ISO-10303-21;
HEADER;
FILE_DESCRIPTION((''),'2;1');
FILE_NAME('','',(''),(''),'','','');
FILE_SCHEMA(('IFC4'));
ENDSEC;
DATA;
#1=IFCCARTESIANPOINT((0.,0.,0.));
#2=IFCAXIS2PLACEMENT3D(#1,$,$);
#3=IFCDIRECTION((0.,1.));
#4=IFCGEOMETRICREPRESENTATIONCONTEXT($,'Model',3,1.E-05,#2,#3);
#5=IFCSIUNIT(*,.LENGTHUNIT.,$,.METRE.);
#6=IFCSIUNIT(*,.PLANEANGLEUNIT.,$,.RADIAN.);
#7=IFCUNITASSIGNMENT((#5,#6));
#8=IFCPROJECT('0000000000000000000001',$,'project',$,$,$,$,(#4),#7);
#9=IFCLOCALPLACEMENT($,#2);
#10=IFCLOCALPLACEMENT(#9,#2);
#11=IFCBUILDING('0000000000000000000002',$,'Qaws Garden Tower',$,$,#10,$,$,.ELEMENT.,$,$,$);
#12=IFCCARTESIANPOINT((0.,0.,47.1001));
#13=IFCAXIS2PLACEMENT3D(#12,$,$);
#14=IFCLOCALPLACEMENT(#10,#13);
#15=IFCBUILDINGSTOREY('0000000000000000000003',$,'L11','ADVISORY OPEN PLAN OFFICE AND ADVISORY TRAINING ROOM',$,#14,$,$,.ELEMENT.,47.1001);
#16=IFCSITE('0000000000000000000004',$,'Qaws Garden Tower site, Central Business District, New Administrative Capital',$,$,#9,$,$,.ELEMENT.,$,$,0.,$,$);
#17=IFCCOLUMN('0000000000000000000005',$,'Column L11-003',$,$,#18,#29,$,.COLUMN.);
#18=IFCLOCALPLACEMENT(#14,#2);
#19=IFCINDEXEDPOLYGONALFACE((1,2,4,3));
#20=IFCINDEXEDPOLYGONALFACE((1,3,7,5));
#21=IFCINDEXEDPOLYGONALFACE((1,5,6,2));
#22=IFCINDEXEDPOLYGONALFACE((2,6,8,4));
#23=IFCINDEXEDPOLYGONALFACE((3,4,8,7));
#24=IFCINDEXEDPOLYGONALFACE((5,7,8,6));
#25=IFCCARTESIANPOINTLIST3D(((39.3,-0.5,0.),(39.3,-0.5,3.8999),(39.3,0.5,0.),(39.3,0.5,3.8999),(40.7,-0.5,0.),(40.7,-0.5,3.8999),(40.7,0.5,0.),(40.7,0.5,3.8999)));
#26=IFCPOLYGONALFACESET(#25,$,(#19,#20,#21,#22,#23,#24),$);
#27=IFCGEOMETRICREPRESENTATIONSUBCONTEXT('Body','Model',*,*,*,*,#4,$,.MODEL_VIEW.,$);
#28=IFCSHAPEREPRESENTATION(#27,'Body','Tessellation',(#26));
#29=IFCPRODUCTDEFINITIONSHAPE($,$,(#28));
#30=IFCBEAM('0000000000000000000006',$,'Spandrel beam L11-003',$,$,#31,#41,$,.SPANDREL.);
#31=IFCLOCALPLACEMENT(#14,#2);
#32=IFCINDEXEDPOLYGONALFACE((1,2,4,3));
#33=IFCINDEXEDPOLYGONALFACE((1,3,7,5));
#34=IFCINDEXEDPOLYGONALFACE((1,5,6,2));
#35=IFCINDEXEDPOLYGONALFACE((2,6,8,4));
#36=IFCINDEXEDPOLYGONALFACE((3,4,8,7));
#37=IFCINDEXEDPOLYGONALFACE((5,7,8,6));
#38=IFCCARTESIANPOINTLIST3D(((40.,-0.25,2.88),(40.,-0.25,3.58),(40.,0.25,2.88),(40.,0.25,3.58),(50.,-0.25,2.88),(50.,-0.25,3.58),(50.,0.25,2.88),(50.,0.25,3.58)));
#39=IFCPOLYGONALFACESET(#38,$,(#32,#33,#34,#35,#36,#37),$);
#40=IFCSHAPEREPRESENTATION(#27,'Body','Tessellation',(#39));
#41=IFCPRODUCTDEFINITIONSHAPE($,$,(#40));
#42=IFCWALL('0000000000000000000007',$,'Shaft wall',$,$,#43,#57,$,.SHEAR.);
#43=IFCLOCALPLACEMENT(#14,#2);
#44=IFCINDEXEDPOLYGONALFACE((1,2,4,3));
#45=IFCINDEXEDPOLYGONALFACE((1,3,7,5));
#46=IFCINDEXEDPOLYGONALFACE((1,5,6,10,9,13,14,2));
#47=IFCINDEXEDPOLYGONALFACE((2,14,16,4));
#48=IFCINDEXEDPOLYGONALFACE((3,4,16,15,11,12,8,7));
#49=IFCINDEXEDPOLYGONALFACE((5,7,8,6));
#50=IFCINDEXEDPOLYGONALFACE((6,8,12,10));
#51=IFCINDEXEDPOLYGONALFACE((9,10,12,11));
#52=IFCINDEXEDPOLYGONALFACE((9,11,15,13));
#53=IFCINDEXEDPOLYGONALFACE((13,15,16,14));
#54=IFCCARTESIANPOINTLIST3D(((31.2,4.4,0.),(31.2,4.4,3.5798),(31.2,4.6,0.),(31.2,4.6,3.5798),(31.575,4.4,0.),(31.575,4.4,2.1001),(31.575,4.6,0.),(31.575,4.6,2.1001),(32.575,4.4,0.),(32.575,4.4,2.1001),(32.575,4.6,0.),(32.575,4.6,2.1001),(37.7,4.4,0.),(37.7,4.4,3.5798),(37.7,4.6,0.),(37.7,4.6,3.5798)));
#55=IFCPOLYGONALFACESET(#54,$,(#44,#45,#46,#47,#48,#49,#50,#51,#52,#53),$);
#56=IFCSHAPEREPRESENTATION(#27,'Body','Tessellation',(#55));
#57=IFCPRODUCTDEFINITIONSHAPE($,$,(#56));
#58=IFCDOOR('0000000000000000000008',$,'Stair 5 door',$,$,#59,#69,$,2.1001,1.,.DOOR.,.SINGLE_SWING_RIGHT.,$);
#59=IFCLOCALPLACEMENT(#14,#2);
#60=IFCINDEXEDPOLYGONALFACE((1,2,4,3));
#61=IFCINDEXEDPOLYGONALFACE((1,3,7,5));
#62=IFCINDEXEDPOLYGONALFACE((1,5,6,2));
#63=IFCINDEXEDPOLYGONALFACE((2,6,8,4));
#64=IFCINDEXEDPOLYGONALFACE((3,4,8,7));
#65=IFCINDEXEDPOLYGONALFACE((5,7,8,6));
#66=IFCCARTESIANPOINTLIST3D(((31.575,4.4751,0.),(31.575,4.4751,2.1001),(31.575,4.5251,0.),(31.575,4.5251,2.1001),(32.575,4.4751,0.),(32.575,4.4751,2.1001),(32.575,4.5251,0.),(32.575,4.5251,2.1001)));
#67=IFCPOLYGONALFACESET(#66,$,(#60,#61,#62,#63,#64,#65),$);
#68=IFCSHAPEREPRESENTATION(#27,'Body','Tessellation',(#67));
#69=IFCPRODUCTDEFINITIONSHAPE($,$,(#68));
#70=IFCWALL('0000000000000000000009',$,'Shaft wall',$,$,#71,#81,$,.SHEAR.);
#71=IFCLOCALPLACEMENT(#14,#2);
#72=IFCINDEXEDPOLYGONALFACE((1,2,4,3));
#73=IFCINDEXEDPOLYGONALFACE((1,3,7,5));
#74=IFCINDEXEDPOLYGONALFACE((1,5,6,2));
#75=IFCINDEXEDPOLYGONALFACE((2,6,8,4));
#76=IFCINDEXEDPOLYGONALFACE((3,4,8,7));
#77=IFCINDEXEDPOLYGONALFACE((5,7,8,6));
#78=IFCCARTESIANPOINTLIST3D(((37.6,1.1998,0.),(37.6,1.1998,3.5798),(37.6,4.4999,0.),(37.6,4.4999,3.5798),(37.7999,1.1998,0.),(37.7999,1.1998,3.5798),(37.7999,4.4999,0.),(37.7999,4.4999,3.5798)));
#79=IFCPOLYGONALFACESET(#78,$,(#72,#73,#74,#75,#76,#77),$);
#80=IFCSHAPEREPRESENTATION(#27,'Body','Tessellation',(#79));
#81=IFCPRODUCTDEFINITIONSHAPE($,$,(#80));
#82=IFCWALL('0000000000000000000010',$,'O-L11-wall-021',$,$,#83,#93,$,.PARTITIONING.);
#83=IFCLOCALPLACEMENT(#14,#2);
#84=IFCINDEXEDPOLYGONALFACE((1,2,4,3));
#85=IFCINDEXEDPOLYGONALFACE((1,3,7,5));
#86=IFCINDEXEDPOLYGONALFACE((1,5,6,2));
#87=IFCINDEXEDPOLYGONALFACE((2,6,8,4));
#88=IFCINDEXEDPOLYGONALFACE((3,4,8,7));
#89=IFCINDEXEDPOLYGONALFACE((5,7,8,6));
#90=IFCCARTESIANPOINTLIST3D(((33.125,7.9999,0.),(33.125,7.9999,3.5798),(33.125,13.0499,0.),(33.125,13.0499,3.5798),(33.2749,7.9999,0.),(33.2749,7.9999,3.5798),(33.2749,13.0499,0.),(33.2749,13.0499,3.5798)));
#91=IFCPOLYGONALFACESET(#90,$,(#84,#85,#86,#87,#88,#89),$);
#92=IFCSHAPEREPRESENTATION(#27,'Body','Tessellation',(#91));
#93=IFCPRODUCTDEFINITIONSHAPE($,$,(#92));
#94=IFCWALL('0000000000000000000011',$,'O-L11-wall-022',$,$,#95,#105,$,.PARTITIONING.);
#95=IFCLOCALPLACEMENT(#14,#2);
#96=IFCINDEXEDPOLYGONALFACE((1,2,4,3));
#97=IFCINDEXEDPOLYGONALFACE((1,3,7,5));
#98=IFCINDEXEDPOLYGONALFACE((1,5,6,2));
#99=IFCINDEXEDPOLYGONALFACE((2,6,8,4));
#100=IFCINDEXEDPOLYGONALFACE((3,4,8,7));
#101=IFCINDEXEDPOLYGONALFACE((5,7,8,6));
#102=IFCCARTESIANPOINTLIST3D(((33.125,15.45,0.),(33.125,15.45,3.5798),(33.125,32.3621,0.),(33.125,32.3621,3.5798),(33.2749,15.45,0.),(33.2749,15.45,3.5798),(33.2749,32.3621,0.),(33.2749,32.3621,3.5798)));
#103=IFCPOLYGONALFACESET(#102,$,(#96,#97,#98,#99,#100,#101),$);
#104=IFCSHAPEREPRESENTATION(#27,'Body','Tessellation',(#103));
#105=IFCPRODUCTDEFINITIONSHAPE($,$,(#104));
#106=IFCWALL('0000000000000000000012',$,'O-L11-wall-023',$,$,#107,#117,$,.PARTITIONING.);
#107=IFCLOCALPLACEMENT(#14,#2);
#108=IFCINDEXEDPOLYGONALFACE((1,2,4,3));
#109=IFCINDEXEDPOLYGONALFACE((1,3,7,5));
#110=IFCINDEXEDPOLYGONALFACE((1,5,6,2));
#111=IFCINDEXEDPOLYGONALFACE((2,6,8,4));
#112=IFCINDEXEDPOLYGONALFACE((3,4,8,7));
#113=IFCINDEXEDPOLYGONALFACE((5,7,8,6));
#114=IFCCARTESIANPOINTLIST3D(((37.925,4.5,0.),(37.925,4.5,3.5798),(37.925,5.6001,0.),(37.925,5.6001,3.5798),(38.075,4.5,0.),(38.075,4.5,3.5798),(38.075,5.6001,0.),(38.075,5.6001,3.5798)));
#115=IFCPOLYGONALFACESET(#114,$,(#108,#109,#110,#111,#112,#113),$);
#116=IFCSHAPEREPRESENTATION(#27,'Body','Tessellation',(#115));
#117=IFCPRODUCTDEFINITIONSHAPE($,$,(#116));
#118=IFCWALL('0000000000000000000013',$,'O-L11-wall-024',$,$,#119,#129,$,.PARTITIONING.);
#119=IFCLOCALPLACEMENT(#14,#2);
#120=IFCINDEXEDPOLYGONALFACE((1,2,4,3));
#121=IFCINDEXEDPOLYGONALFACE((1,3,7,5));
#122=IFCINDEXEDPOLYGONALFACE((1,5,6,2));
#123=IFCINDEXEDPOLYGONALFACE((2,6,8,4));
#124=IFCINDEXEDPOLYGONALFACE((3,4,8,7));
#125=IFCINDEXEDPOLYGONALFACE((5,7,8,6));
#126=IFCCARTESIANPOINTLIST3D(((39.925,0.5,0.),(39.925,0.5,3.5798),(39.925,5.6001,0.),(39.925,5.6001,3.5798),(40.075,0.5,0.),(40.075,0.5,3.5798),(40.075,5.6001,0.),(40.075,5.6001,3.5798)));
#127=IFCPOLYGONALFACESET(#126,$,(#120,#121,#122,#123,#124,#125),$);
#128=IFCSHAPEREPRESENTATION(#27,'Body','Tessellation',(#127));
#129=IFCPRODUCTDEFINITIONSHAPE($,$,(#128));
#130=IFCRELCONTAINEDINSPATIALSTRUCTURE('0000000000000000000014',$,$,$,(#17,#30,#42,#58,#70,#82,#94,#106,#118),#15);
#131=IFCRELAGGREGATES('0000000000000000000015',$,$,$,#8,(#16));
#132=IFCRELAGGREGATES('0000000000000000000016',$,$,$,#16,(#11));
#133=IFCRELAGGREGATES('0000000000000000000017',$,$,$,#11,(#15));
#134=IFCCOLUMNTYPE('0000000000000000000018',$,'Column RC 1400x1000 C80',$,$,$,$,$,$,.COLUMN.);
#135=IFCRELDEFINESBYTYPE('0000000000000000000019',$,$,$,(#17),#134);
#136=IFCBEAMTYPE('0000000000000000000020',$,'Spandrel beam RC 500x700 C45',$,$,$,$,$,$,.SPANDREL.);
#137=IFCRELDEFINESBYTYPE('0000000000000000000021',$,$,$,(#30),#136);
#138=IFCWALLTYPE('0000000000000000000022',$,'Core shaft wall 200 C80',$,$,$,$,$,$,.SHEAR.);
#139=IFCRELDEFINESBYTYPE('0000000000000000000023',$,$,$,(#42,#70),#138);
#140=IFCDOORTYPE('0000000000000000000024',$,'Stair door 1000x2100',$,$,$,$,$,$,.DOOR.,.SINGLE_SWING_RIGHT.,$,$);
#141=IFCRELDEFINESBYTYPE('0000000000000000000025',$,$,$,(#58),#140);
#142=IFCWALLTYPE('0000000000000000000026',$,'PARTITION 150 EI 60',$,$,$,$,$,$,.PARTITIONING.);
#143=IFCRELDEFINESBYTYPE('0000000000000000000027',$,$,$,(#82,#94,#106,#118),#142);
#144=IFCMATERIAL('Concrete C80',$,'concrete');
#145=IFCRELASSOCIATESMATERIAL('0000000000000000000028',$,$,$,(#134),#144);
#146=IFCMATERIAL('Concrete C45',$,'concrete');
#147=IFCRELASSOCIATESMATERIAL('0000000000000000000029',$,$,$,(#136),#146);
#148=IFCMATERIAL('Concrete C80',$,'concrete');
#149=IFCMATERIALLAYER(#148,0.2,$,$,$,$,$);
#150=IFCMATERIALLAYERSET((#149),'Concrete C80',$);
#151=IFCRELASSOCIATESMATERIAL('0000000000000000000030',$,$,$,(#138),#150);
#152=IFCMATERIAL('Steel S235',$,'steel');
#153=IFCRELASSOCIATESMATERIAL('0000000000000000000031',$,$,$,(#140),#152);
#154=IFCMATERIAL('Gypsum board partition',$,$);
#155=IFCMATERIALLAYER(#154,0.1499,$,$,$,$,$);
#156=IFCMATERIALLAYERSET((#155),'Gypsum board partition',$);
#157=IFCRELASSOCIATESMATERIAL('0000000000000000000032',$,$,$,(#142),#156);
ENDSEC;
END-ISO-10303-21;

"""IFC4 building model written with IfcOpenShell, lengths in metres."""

from ifc_helpers import new_model, si_unit, direction, frame, frame_2d, origin, origin_2d, place, context, subcontext, project, spatial, rectangle, extrude, material, layer, layer_set, material_profile, profile_set, type_object, element, fill, save


model = new_model("IFC4")

# Units and contexts
model_context = context("Model", 3, precision=1e-05, world=origin(), true_north=direction((0.0, 1.0)))
body_context = subcontext(model_context, "Body", "Model", "MODEL_VIEW")
ifc_project = project(units=[si_unit("LENGTHUNIT", "METRE"), si_unit("PLANEANGLEUNIT", "RADIAN")], contexts=[model_context])

# Site, building, storey
site_placement = place(None, origin())
site = spatial("IfcSite", under=ifc_project, at=site_placement, Name="Qaws Garden Tower site, Central Business District, New Administrative Capital", CompositionType="ELEMENT", RefElevation=0.0)
building_placement = place(site_placement, origin())
building = spatial("IfcBuilding", under=site, at=building_placement, Name="Qaws Garden Tower", CompositionType="ELEMENT")
storey_placement = place(building_placement, frame((0.0, 0.0, 47.1001)))
storey = spatial("IfcBuildingStorey", under=building, at=storey_placement, Name="L11", Description="ADVISORY OPEN PLAN OFFICE AND ADVISORY TRAINING ROOM", CompositionType="ELEMENT", Elevation=47.1001)

# Column
ifc_material_1 = material(Name="Concrete C80", Category="concrete")
ifc_material_profile_1 = material_profile(ifc_material_1, rectangle(XDim=1.3999, YDim=1.0, at=origin_2d()), Name="RC 1400x1000")
ifc_profile_set_1 = profile_set([ifc_material_profile_1], Name="Concrete C80")
column_type = type_object("IfcColumnType", Name="Column RC 1400x1000 C80", PredefinedType="COLUMN", material=ifc_profile_set_1)
column_placement = place(storey_placement, frame((40.0, 0.0, 0.0), z_axis=(0.0, 0.0, 1.0), x_axis=(1.0, 0.0, 0.0)))
element("IfcColumn", 1, at=column_placement, inside=storey, type_object=column_type, Name="Column L11-003", PredefinedType="COLUMN", context=body_context, shape_type="SweptSolid", body=[
    extrude(rectangle(XDim=1.3999, YDim=1.0, at=origin_2d()), origin(), (0.0, 0.0, 1.0), 3.8999),
])

# Beam
ifc_material_2 = material(Name="Concrete C45", Category="concrete")
ifc_material_profile_2 = material_profile(ifc_material_2, rectangle(XDim=0.5, YDim=0.7, at=origin_2d()), Name="RC 500x700")
ifc_profile_set_2 = profile_set([ifc_material_profile_2], Name="Concrete C45")
beam_type = type_object("IfcBeamType", Name="Spandrel beam RC 500x700 C45", PredefinedType="SPANDREL", material=ifc_profile_set_2)
beam_placement = place(storey_placement, frame((40.0, 0.0, 3.23), z_axis=(1.0, 0.0, 0.0), x_axis=(0.0, 1.0, 0.0)))
element("IfcBeam", 2, at=beam_placement, inside=storey, type_object=beam_type, Name="Spandrel beam L11-003", PredefinedType="SPANDREL", context=body_context, shape_type="SweptSolid", body=[
    extrude(rectangle(XDim=0.5, YDim=0.7, at=origin_2d()), origin(), (0.0, 0.0, 1.0), 10.0),
])

# Wall, opening, door
ifc_material_3 = material(Name="Concrete C80", Category="concrete")
ifc_layer_1 = layer(ifc_material_3, 0.2)
ifc_layer_set_1 = layer_set([ifc_layer_1], Name="Concrete C80")
wall_type_1 = type_object("IfcWallType", Name="Core shaft wall 200 C80", PredefinedType="SHEAR", material=ifc_layer_set_1)
wall_1_placement = place(storey_placement, frame((31.2, 4.5, 0.0), z_axis=(0.0, 0.0, 1.0), x_axis=(1.0, 0.0, 0.0)))
wall_1 = element("IfcWall", 3, at=wall_1_placement, inside=storey, type_object=wall_type_1, Name="Shaft wall", PredefinedType="SHEAR", context=body_context, shape_type="SweptSolid", body=[
    extrude(rectangle(XDim=6.5, YDim=0.2, at=frame_2d((3.25, 0.0))), origin(), (0.0, 0.0, 1.0), 3.5798),
])
opening_1_placement = place(wall_1_placement, frame((0.375, 0.0, 0.0)))
opening_1 = element("IfcOpeningElement", 4, at=opening_1_placement, cuts=wall_1, PredefinedType="OPENING", context=body_context, shape_type="SweptSolid", body=[
    extrude(rectangle(XDim=1.0, YDim=2.1001, at=frame_2d((0.5, 1.05))), frame((0.0, 0.1099, 0.0), z_axis=(0.0, -1.0, 0.0), x_axis=(1.0, 0.0, 0.0)), (0.0, 0.0, 1.0), 0.22),
])
ifc_material_4 = material(Name="Steel S235", Category="steel")
door_type_1 = type_object("IfcDoorType", Name="Stair door 1000x2100", OperationType="SINGLE_SWING_RIGHT", PredefinedType="DOOR", material=ifc_material_4)
door_1_placement = place(opening_1_placement, frame((1.0, 0.0, 0.0), z_axis=(0.0, 0.0, 1.0), x_axis=(-1.0, 0.0, 0.0)))
door_1 = element("IfcDoor", 5, at=door_1_placement, inside=storey, type_object=door_type_1, Name="Stair 5 door", OperationType="SINGLE_SWING_RIGHT", OverallHeight=2.1001, OverallWidth=1.0, PredefinedType="DOOR", context=body_context, shape_type="SweptSolid", body=[
    extrude(rectangle(XDim=1.0, YDim=2.1001, at=frame_2d((0.5, 1.05))), frame((0.0, 0.0249, 0.0), z_axis=(0.0, -1.0, 0.0), x_axis=(1.0, 0.0, 0.0)), (0.0, 0.0, 1.0), 0.05),
])
fill(opening_1, door_1)

# Walls
wall_2_placement = place(storey_placement, frame((37.7, 1.2, 0.0), z_axis=(0.0, 0.0, 1.0), x_axis=(0.0, 1.0, 0.0)))
element("IfcWall", 6, at=wall_2_placement, inside=storey, type_object=wall_type_1, Name="Shaft wall", PredefinedType="SHEAR", context=body_context, shape_type="SweptSolid", body=[
    extrude(rectangle(XDim=3.3, YDim=0.2, at=frame_2d((1.6499, 0.0))), origin(), (0.0, 0.0, 1.0), 3.5798),
])
ifc_material_5 = material(Name="Gypsum board partition")
ifc_layer_2 = layer(ifc_material_5, 0.1499)
ifc_layer_set_2 = layer_set([ifc_layer_2], Name="Gypsum board partition")
wall_type_2 = type_object("IfcWallType", Name="PARTITION 150 EI 60", PredefinedType="PARTITIONING", material=ifc_layer_set_2)
wall_3_placement = place(storey_placement, frame((33.2, 8.0, 0.0), z_axis=(0.0, 0.0, 1.0), x_axis=(0.0, 1.0, 0.0)))
element("IfcWall", 7, at=wall_3_placement, inside=storey, type_object=wall_type_2, Name="O-L11-wall-021", PredefinedType="PARTITIONING", context=body_context, shape_type="SweptSolid", body=[
    extrude(rectangle(XDim=5.05, YDim=0.1499, at=frame_2d((2.5249, 0.0))), origin(), (0.0, 0.0, 1.0), 3.5798),
])
wall_4_placement = place(storey_placement, frame((33.2, 15.45, 0.0), z_axis=(0.0, 0.0, 1.0), x_axis=(0.0, 1.0, 0.0)))
element("IfcWall", 8, at=wall_4_placement, inside=storey, type_object=wall_type_2, Name="O-L11-wall-022", PredefinedType="PARTITIONING", context=body_context, shape_type="SweptSolid", body=[
    extrude(rectangle(XDim=16.9121, YDim=0.1499, at=frame_2d((8.4561, 0.0))), origin(), (0.0, 0.0, 1.0), 3.5798),
])
wall_5_placement = place(storey_placement, frame((38.0, 4.5, 0.0), z_axis=(0.0, 0.0, 1.0), x_axis=(0.0, 1.0, 0.0)))
element("IfcWall", 9, at=wall_5_placement, inside=storey, type_object=wall_type_2, Name="O-L11-wall-023", PredefinedType="PARTITIONING", context=body_context, shape_type="SweptSolid", body=[
    extrude(rectangle(XDim=1.1001, YDim=0.1499, at=frame_2d((0.55, 0.0))), origin(), (0.0, 0.0, 1.0), 3.5798),
])
wall_6_placement = place(storey_placement, frame((40.0, 0.5, 0.0), z_axis=(0.0, 0.0, 1.0), x_axis=(0.0, 1.0, 0.0)))
element("IfcWall", 10, at=wall_6_placement, inside=storey, type_object=wall_type_2, Name="O-L11-wall-024", PredefinedType="PARTITIONING", context=body_context, shape_type="SweptSolid", body=[
    extrude(rectangle(XDim=5.1001, YDim=0.1499, at=frame_2d((2.55, 0.0))), origin(), (0.0, 0.0, 1.0), 3.5798),
])

save(model, "model.ifc")
